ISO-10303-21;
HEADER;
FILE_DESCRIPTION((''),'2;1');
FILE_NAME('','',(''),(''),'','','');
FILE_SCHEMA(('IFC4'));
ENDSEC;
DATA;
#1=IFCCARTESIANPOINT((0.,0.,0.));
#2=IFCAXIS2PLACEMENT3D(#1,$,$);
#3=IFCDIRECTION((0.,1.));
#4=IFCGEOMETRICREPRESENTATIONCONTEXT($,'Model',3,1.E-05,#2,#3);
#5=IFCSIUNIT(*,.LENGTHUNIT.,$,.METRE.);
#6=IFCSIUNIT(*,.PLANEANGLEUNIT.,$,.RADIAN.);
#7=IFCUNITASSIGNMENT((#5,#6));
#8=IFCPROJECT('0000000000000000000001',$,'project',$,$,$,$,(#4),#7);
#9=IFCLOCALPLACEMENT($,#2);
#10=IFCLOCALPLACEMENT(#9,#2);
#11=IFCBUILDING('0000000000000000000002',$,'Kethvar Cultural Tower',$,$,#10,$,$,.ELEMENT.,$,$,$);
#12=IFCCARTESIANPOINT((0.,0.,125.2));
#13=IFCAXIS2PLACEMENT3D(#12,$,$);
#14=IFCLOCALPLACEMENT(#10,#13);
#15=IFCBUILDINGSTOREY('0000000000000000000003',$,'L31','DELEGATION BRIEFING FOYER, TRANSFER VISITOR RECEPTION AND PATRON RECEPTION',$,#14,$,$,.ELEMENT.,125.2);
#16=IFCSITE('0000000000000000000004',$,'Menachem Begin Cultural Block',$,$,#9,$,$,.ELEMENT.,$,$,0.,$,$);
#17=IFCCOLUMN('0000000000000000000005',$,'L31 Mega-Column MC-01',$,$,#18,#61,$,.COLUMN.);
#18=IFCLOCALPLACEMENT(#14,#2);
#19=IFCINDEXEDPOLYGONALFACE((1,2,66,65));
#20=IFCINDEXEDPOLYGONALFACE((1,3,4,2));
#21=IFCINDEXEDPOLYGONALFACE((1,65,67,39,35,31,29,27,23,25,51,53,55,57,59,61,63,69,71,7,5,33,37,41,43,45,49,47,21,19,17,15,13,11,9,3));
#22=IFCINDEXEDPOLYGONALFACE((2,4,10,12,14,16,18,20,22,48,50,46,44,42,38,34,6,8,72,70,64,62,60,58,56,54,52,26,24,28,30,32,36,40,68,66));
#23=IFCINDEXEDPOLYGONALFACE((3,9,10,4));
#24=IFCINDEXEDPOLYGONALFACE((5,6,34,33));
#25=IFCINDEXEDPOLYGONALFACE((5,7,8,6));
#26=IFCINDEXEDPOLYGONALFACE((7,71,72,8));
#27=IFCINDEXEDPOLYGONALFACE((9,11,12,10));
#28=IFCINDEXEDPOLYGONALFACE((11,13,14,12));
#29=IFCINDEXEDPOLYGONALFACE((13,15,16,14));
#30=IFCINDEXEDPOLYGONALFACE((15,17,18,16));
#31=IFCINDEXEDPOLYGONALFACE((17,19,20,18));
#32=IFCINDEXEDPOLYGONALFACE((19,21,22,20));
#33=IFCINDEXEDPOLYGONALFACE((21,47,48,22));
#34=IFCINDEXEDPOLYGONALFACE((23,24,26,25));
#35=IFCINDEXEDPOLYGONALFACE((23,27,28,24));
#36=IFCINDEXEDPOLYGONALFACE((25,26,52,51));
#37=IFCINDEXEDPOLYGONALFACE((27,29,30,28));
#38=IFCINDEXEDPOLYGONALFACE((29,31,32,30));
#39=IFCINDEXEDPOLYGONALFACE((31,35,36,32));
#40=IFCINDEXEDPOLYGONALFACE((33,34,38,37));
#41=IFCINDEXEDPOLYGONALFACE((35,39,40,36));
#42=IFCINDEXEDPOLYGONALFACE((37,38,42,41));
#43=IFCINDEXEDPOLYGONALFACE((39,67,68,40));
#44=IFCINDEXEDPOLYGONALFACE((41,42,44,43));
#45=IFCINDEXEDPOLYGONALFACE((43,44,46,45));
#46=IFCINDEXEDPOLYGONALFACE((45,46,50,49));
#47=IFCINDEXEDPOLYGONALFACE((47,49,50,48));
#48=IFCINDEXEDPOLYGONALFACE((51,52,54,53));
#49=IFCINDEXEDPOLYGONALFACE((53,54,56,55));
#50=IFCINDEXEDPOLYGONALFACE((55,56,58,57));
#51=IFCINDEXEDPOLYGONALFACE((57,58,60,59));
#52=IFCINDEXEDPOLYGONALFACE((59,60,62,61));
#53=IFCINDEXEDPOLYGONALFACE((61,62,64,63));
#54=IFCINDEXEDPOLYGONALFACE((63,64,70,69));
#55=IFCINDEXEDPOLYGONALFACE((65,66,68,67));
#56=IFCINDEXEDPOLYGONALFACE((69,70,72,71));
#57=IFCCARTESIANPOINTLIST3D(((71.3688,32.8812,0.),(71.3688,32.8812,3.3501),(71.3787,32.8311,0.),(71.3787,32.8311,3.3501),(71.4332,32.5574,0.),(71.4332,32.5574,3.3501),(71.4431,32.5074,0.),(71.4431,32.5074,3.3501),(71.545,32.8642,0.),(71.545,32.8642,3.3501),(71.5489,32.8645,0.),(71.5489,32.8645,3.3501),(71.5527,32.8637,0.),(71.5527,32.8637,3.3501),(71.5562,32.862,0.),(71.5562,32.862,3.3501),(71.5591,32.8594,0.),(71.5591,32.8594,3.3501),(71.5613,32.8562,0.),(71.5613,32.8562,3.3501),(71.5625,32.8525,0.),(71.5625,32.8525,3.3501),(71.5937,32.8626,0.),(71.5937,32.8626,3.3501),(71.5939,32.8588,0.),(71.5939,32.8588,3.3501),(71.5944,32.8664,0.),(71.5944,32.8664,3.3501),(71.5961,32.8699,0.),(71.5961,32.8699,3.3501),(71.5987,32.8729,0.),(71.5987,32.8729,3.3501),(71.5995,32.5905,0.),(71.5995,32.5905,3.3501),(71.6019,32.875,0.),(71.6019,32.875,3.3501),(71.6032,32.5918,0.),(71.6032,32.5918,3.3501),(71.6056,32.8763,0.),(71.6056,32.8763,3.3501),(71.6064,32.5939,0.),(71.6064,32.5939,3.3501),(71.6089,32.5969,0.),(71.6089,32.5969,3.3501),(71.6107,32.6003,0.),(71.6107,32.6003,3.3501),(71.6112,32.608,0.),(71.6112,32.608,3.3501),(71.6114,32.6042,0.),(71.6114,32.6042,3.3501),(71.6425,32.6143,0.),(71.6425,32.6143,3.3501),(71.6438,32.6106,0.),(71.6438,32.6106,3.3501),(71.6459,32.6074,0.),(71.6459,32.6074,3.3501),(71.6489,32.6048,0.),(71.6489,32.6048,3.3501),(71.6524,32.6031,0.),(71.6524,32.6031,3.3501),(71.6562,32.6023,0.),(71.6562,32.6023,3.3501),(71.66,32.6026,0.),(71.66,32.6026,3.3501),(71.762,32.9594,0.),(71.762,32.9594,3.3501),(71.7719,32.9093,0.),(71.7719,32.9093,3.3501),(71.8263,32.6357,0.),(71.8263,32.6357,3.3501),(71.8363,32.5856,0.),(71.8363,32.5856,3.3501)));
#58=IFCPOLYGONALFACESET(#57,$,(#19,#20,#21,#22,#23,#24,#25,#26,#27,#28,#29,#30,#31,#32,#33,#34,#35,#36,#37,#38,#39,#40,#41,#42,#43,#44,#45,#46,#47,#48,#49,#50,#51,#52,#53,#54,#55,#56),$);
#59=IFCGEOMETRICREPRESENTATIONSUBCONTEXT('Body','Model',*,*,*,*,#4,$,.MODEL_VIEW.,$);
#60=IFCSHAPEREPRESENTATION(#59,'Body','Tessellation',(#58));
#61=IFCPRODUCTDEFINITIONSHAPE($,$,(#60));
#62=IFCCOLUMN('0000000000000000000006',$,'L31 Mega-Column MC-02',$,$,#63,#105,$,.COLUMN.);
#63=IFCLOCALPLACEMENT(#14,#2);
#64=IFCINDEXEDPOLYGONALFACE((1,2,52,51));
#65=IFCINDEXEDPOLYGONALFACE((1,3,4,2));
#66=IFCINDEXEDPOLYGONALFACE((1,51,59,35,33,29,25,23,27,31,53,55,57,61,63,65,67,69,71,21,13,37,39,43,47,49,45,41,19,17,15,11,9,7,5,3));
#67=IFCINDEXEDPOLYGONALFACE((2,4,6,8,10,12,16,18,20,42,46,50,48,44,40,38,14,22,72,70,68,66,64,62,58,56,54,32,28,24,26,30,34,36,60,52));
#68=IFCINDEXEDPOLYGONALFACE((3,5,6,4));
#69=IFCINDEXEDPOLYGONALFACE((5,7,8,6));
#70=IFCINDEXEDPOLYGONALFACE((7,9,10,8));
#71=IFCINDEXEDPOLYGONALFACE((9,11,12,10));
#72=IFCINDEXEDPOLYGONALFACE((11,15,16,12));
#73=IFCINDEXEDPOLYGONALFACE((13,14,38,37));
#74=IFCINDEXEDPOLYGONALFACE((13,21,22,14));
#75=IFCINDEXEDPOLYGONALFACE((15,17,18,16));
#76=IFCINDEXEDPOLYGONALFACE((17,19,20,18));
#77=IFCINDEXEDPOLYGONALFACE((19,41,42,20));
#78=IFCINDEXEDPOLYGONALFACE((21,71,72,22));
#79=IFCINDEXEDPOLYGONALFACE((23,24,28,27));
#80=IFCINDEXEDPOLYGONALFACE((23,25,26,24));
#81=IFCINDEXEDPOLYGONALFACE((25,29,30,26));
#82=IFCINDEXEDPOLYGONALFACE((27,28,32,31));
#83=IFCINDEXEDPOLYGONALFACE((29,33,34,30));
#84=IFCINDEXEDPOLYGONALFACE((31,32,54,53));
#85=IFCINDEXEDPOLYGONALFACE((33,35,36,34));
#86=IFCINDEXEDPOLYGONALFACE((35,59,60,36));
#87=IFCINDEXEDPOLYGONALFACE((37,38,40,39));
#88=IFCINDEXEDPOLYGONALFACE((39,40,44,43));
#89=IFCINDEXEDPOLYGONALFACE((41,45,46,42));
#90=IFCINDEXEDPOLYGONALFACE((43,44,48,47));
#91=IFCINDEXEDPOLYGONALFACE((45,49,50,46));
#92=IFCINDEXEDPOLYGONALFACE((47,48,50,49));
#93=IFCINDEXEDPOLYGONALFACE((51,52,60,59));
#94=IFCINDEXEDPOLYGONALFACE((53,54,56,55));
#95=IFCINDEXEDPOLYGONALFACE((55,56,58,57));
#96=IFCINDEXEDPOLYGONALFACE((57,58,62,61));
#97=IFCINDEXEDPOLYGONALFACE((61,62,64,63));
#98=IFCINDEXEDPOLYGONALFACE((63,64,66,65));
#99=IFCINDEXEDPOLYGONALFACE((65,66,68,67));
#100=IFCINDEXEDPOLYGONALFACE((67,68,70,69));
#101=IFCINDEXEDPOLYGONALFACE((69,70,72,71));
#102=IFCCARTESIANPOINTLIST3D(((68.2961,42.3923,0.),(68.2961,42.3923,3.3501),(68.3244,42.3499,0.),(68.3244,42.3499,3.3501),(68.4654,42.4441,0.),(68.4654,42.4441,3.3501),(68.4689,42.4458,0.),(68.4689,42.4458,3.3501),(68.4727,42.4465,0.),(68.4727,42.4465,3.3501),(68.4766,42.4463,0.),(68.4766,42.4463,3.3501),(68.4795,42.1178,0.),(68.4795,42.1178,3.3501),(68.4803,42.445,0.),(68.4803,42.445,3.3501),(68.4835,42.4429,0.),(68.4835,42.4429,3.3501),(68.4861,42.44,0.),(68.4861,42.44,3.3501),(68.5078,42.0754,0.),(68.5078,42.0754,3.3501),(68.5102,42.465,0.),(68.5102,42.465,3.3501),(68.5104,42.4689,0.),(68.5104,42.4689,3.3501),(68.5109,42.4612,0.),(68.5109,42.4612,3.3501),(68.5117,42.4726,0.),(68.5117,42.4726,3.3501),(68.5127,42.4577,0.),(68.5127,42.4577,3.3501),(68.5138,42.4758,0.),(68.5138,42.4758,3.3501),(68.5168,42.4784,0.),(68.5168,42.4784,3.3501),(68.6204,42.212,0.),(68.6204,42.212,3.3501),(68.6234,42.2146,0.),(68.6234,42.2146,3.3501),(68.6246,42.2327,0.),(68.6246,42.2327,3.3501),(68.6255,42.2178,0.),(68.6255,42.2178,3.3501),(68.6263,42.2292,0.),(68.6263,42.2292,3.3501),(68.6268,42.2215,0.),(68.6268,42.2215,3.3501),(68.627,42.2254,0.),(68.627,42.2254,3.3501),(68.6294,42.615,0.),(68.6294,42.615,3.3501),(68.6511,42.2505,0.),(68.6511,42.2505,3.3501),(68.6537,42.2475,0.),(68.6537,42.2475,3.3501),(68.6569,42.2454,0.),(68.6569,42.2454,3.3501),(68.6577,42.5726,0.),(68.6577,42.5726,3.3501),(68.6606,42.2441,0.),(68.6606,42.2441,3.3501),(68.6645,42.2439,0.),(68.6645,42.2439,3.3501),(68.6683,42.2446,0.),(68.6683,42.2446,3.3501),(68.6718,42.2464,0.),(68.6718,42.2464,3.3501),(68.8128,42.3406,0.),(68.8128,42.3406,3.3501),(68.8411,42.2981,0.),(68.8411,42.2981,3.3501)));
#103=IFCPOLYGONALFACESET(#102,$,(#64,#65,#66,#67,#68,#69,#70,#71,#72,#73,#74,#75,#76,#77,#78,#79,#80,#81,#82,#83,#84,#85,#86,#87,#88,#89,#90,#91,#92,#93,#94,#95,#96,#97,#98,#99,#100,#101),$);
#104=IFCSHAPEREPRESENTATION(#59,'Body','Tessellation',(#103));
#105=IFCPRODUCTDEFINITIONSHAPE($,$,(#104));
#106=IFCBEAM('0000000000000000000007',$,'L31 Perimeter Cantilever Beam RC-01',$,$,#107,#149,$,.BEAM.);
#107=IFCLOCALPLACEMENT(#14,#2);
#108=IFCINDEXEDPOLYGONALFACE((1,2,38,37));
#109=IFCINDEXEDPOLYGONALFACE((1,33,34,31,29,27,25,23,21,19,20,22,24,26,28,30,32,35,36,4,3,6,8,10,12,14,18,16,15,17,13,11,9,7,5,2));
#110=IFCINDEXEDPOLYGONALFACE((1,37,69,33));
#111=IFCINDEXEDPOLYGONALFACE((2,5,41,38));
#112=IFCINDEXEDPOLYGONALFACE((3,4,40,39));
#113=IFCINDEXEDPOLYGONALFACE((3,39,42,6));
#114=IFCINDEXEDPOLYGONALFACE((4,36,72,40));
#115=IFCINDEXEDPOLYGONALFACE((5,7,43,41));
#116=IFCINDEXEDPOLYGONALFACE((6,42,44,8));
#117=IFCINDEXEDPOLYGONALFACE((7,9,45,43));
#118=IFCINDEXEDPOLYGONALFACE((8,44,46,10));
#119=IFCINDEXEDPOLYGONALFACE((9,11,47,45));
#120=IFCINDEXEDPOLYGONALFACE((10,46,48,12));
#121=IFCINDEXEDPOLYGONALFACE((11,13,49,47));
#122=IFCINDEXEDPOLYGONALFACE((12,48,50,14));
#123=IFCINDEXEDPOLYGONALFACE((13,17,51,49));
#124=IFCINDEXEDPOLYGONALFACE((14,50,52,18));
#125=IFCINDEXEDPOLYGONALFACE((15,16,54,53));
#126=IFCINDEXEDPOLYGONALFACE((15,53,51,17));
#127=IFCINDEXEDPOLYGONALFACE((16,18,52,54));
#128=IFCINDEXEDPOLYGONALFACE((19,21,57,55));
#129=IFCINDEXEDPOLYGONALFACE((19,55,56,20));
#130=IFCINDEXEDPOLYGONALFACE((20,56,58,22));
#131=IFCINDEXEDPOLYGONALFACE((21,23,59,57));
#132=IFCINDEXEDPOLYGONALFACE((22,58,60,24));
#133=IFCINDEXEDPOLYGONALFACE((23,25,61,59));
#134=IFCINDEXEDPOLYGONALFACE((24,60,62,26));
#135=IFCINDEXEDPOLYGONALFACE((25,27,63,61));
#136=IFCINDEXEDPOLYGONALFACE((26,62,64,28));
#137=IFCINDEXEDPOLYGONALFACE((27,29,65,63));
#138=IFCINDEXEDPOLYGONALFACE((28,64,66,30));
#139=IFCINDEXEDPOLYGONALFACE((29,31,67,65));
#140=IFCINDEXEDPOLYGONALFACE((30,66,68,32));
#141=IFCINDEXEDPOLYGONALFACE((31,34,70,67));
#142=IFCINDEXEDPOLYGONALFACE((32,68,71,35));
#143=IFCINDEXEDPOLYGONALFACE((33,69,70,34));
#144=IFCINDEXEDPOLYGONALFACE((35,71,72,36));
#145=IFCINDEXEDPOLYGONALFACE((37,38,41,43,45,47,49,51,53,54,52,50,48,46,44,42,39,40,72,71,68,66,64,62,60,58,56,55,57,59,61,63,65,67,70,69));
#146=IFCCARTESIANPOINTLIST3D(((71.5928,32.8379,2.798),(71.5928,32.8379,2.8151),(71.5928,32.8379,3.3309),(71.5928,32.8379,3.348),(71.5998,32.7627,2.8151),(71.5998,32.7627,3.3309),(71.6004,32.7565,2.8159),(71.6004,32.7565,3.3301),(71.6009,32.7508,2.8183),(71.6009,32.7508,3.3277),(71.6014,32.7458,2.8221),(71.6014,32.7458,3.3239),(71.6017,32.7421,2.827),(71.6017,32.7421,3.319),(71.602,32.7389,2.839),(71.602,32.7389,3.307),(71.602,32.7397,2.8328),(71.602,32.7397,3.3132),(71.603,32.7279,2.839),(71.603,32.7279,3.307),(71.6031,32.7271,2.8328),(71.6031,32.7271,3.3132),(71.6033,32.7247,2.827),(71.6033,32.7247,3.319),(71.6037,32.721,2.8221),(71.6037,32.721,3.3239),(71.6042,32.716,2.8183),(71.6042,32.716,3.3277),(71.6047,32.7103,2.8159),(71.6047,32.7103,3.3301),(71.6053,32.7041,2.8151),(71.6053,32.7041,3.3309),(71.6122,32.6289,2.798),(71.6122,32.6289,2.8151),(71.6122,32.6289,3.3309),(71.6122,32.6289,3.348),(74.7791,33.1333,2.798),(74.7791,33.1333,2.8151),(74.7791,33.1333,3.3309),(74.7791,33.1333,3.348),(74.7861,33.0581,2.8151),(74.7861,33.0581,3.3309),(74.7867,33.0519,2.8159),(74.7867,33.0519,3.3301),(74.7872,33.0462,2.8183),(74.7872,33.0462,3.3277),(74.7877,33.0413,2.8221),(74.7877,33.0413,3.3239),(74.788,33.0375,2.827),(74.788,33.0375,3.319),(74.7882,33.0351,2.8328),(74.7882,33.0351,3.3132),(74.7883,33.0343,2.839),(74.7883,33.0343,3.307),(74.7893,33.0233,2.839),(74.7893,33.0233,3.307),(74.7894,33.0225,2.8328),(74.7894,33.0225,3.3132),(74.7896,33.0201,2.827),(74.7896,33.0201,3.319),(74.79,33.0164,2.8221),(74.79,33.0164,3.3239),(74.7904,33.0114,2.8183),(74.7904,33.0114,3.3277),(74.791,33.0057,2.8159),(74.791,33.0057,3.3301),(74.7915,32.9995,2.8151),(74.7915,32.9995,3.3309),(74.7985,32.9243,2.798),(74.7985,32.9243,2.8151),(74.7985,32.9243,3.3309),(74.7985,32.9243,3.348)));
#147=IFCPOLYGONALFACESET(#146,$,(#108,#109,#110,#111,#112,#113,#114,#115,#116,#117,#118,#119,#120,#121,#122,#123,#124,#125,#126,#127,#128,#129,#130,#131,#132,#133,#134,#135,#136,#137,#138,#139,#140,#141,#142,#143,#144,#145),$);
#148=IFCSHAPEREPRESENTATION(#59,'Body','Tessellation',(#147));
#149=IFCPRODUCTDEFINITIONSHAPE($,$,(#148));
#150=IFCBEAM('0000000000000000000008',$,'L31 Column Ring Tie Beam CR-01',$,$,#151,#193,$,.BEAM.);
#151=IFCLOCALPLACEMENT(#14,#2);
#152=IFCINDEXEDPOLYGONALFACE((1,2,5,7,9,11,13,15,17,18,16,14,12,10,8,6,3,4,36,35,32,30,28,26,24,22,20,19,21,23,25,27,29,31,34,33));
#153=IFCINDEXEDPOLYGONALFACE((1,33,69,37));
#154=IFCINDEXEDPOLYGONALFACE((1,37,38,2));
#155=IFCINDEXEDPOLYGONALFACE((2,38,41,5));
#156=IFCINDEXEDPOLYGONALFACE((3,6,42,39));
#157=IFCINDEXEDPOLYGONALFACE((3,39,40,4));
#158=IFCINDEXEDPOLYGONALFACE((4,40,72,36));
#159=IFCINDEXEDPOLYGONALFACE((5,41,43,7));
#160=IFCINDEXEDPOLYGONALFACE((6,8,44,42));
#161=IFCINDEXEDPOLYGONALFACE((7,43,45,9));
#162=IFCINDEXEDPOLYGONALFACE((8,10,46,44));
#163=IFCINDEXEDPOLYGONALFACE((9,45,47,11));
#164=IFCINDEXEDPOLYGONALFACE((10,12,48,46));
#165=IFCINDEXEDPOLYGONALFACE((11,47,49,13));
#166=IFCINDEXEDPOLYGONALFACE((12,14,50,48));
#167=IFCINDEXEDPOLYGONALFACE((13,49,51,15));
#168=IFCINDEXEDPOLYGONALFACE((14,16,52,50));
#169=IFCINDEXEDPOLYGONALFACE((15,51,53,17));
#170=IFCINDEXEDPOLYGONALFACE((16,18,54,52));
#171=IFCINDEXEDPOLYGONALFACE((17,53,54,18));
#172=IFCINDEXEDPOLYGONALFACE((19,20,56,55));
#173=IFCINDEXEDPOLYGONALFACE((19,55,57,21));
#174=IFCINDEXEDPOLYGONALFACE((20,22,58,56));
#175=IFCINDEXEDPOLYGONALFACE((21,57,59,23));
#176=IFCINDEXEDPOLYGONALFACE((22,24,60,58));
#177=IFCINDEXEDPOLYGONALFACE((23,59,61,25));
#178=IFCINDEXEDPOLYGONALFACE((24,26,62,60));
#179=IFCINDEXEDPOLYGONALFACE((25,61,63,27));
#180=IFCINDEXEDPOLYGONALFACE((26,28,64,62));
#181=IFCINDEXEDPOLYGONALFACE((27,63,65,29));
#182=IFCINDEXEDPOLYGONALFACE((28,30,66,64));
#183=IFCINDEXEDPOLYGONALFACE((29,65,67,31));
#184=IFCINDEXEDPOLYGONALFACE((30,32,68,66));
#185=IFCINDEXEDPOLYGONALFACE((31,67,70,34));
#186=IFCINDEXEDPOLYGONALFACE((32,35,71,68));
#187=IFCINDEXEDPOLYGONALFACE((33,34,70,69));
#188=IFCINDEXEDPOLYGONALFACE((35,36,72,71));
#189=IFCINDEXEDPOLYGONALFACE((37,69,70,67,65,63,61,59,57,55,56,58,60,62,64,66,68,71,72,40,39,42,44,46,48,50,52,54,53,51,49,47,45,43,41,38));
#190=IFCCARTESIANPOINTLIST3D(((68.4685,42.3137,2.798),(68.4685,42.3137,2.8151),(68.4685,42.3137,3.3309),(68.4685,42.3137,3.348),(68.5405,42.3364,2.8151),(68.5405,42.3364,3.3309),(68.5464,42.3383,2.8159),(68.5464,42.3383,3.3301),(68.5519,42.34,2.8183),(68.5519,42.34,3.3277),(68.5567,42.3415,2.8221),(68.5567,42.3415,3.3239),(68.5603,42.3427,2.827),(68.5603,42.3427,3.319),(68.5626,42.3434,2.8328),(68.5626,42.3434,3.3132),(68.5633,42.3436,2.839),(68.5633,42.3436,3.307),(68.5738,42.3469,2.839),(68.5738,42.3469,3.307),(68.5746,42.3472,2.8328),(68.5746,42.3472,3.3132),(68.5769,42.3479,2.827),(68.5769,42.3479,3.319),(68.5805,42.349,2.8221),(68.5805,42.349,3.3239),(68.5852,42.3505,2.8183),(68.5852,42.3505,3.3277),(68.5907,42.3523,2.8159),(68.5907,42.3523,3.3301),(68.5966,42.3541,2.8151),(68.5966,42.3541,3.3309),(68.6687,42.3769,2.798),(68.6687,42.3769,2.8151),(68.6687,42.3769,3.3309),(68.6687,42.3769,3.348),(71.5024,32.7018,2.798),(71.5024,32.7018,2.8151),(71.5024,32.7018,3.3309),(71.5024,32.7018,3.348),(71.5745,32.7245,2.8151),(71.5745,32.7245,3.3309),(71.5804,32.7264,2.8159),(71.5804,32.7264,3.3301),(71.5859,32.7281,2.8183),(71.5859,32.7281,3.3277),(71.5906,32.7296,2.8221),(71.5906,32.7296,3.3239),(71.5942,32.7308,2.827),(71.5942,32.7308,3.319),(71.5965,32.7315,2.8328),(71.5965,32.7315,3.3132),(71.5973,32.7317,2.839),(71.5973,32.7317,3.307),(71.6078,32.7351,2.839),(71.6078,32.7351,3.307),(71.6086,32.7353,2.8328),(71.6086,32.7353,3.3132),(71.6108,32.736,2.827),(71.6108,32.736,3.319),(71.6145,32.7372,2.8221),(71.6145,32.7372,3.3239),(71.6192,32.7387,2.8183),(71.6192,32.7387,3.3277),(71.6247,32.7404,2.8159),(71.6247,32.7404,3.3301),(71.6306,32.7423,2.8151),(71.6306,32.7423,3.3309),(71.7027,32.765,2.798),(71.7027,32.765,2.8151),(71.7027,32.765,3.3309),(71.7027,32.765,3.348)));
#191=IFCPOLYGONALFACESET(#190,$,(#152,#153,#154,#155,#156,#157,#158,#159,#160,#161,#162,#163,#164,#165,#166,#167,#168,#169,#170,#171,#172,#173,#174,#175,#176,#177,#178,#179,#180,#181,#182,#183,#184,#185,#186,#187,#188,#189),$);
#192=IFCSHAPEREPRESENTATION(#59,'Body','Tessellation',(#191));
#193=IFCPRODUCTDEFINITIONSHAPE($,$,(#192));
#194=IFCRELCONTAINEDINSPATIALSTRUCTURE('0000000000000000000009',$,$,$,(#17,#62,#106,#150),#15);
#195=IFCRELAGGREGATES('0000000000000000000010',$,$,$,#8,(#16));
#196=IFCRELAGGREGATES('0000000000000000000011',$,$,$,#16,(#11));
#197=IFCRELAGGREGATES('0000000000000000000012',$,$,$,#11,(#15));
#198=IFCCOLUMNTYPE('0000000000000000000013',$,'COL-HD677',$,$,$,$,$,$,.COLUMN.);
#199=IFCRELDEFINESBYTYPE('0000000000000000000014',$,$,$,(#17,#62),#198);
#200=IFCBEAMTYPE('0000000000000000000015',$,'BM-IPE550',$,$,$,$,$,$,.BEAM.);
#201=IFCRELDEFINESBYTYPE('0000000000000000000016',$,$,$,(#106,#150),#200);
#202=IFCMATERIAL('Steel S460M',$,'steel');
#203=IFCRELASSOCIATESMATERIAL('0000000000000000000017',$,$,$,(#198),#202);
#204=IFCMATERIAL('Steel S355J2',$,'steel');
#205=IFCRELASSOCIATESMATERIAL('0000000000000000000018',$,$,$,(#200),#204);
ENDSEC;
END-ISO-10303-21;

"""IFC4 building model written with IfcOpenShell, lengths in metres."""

from ifc_helpers import new_model, si_unit, direction, frame, origin, origin_2d, place, context, subcontext, project, spatial, i_section, extrude, source, transform, mapped, material, material_profile, profile_set, type_object, element, save


model = new_model("IFC4")

# Units and contexts
model_context = context("Model", 3, precision=1e-05, world=origin(), true_north=direction((0.0, 1.0)))
body_context = subcontext(model_context, "Body", "Model", "MODEL_VIEW")
ifc_project = project(units=[si_unit("LENGTHUNIT", "METRE"), si_unit("PLANEANGLEUNIT", "RADIAN")], contexts=[model_context])

# Site, building, storey
site_placement = place(None, origin())
site = spatial("IfcSite", under=ifc_project, at=site_placement, Name="Menachem Begin Cultural Block", CompositionType="ELEMENT", RefElevation=0.0)
building_placement = place(site_placement, origin())
building = spatial("IfcBuilding", under=site, at=building_placement, Name="Kethvar Cultural Tower", CompositionType="ELEMENT")
storey_placement = place(building_placement, frame((0.0, 0.0, 125.2)))
storey = spatial("IfcBuildingStorey", under=building, at=storey_placement, Name="L31", Description="DELEGATION BRIEFING FOYER, TRANSFER VISITOR RECEPTION AND PATRON RECEPTION", CompositionType="ELEMENT", Elevation=125.2)

# Columns
ifc_material_1 = material(Name="Steel S460M", Category="steel")
ifc_material_profile_1 = material_profile(ifc_material_1, i_section(OverallWidth=0.4009, OverallDepth=0.3811, WebThickness=0.032, FlangeThickness=0.051, FilletRadius=0.0149, at=origin_2d()), Name="Steel S460M — HD400x677")
ifc_profile_set_1 = profile_set([ifc_material_profile_1], Name="Steel S460M — HD400x677")
column_type = type_object("IfcColumnType", Name="COL-HD677", PredefinedType="COLUMN", material=ifc_profile_set_1)
shared_shape_1 = source(origin(), body_context, "Body", "SweptSolid", [
    extrude(i_section(OverallWidth=0.4009, OverallDepth=0.3811, WebThickness=0.032, FlangeThickness=0.051, FilletRadius=0.0149, at=origin_2d()), origin(), (0.0, 0.0, 1.0), 3.3501),
])
for number, where, z_axis, x_axis, name in (
    (1, (71.6025, 32.7334, 0.0), (0.0, 0.0, 1.0), (0.980785, 0.19509, 0.0), "L31 Mega-Column MC-01"),
    (2, (68.5686, 42.3452, 0.0), (0.0, 0.0, 1.0), (0.83147, 0.55557, 0.0), "L31 Mega-Column MC-02"),
):
    element("IfcColumn", number, at=place(storey_placement, frame(where, z_axis=z_axis, x_axis=x_axis)), inside=storey, type_object=column_type, Name=name, PredefinedType="COLUMN", context=body_context, shape_type="MappedRepresentation", body=[
        mapped(shared_shape_1, transform((0.0, 0.0, 0.0), scale=1.0)),
    ])

# Beams
ifc_material_2 = material(Name="Steel S355J2", Category="steel")
ifc_material_profile_2 = material_profile(ifc_material_2, i_section(OverallWidth=0.21, OverallDepth=0.55, WebThickness=0.011, FlangeThickness=0.0171, FilletRadius=0.0239, at=origin_2d()), Name="Steel S355J2 — IPE550")
ifc_profile_set_2 = profile_set([ifc_material_profile_2], Name="Steel S355J2 — IPE550")
beam_type_1 = type_object("IfcBeamType", Name="BM-IPE550", PredefinedType="BEAM", material=ifc_profile_set_2)
shared_shape_2 = source(origin(), body_context, "Body", "SweptSolid", [
    extrude(i_section(OverallWidth=0.21, OverallDepth=0.55, WebThickness=0.011, FlangeThickness=0.0171, FilletRadius=0.0239, at=origin_2d()), origin(), (0.0, 0.0, 1.0), 3.2),
])
beam_1_placement = place(storey_placement, frame((71.6025, 32.7334, 3.073), z_axis=(0.99573, 0.092317, 0.0), x_axis=(-0.092317, 0.99573, 0.0)))
element("IfcBeam", 3, at=beam_1_placement, inside=storey, type_object=beam_type_1, Name="L31 Perimeter Cantilever Beam RC-01", PredefinedType="BEAM", context=body_context, shape_type="MappedRepresentation", body=[
    mapped(shared_shape_2, transform((0.0, 0.0, 0.0), scale=1.0)),
])
shared_shape_3 = source(origin(), body_context, "Body", "SweptSolid", [
    extrude(i_section(OverallWidth=0.21, OverallDepth=0.55, WebThickness=0.011, FlangeThickness=0.0171, FilletRadius=0.0239, at=origin_2d()), origin(), (0.0, 0.0, 1.0), 10.0793),
])
beam_2_placement = place(storey_placement, frame((71.6025, 32.7334, 3.073), z_axis=(-0.301007, 0.953622, 0.0), x_axis=(-0.953622, -0.301007, 0.0)))
element("IfcBeam", 4, at=beam_2_placement, inside=storey, type_object=beam_type_1, Name="L31 Column Ring Tie Beam CR-01", PredefinedType="BEAM", context=body_context, shape_type="MappedRepresentation", body=[
    mapped(shared_shape_3, transform((0.0, 0.0, 0.0), scale=1.0)),
])

save(model, "model.ifc")
